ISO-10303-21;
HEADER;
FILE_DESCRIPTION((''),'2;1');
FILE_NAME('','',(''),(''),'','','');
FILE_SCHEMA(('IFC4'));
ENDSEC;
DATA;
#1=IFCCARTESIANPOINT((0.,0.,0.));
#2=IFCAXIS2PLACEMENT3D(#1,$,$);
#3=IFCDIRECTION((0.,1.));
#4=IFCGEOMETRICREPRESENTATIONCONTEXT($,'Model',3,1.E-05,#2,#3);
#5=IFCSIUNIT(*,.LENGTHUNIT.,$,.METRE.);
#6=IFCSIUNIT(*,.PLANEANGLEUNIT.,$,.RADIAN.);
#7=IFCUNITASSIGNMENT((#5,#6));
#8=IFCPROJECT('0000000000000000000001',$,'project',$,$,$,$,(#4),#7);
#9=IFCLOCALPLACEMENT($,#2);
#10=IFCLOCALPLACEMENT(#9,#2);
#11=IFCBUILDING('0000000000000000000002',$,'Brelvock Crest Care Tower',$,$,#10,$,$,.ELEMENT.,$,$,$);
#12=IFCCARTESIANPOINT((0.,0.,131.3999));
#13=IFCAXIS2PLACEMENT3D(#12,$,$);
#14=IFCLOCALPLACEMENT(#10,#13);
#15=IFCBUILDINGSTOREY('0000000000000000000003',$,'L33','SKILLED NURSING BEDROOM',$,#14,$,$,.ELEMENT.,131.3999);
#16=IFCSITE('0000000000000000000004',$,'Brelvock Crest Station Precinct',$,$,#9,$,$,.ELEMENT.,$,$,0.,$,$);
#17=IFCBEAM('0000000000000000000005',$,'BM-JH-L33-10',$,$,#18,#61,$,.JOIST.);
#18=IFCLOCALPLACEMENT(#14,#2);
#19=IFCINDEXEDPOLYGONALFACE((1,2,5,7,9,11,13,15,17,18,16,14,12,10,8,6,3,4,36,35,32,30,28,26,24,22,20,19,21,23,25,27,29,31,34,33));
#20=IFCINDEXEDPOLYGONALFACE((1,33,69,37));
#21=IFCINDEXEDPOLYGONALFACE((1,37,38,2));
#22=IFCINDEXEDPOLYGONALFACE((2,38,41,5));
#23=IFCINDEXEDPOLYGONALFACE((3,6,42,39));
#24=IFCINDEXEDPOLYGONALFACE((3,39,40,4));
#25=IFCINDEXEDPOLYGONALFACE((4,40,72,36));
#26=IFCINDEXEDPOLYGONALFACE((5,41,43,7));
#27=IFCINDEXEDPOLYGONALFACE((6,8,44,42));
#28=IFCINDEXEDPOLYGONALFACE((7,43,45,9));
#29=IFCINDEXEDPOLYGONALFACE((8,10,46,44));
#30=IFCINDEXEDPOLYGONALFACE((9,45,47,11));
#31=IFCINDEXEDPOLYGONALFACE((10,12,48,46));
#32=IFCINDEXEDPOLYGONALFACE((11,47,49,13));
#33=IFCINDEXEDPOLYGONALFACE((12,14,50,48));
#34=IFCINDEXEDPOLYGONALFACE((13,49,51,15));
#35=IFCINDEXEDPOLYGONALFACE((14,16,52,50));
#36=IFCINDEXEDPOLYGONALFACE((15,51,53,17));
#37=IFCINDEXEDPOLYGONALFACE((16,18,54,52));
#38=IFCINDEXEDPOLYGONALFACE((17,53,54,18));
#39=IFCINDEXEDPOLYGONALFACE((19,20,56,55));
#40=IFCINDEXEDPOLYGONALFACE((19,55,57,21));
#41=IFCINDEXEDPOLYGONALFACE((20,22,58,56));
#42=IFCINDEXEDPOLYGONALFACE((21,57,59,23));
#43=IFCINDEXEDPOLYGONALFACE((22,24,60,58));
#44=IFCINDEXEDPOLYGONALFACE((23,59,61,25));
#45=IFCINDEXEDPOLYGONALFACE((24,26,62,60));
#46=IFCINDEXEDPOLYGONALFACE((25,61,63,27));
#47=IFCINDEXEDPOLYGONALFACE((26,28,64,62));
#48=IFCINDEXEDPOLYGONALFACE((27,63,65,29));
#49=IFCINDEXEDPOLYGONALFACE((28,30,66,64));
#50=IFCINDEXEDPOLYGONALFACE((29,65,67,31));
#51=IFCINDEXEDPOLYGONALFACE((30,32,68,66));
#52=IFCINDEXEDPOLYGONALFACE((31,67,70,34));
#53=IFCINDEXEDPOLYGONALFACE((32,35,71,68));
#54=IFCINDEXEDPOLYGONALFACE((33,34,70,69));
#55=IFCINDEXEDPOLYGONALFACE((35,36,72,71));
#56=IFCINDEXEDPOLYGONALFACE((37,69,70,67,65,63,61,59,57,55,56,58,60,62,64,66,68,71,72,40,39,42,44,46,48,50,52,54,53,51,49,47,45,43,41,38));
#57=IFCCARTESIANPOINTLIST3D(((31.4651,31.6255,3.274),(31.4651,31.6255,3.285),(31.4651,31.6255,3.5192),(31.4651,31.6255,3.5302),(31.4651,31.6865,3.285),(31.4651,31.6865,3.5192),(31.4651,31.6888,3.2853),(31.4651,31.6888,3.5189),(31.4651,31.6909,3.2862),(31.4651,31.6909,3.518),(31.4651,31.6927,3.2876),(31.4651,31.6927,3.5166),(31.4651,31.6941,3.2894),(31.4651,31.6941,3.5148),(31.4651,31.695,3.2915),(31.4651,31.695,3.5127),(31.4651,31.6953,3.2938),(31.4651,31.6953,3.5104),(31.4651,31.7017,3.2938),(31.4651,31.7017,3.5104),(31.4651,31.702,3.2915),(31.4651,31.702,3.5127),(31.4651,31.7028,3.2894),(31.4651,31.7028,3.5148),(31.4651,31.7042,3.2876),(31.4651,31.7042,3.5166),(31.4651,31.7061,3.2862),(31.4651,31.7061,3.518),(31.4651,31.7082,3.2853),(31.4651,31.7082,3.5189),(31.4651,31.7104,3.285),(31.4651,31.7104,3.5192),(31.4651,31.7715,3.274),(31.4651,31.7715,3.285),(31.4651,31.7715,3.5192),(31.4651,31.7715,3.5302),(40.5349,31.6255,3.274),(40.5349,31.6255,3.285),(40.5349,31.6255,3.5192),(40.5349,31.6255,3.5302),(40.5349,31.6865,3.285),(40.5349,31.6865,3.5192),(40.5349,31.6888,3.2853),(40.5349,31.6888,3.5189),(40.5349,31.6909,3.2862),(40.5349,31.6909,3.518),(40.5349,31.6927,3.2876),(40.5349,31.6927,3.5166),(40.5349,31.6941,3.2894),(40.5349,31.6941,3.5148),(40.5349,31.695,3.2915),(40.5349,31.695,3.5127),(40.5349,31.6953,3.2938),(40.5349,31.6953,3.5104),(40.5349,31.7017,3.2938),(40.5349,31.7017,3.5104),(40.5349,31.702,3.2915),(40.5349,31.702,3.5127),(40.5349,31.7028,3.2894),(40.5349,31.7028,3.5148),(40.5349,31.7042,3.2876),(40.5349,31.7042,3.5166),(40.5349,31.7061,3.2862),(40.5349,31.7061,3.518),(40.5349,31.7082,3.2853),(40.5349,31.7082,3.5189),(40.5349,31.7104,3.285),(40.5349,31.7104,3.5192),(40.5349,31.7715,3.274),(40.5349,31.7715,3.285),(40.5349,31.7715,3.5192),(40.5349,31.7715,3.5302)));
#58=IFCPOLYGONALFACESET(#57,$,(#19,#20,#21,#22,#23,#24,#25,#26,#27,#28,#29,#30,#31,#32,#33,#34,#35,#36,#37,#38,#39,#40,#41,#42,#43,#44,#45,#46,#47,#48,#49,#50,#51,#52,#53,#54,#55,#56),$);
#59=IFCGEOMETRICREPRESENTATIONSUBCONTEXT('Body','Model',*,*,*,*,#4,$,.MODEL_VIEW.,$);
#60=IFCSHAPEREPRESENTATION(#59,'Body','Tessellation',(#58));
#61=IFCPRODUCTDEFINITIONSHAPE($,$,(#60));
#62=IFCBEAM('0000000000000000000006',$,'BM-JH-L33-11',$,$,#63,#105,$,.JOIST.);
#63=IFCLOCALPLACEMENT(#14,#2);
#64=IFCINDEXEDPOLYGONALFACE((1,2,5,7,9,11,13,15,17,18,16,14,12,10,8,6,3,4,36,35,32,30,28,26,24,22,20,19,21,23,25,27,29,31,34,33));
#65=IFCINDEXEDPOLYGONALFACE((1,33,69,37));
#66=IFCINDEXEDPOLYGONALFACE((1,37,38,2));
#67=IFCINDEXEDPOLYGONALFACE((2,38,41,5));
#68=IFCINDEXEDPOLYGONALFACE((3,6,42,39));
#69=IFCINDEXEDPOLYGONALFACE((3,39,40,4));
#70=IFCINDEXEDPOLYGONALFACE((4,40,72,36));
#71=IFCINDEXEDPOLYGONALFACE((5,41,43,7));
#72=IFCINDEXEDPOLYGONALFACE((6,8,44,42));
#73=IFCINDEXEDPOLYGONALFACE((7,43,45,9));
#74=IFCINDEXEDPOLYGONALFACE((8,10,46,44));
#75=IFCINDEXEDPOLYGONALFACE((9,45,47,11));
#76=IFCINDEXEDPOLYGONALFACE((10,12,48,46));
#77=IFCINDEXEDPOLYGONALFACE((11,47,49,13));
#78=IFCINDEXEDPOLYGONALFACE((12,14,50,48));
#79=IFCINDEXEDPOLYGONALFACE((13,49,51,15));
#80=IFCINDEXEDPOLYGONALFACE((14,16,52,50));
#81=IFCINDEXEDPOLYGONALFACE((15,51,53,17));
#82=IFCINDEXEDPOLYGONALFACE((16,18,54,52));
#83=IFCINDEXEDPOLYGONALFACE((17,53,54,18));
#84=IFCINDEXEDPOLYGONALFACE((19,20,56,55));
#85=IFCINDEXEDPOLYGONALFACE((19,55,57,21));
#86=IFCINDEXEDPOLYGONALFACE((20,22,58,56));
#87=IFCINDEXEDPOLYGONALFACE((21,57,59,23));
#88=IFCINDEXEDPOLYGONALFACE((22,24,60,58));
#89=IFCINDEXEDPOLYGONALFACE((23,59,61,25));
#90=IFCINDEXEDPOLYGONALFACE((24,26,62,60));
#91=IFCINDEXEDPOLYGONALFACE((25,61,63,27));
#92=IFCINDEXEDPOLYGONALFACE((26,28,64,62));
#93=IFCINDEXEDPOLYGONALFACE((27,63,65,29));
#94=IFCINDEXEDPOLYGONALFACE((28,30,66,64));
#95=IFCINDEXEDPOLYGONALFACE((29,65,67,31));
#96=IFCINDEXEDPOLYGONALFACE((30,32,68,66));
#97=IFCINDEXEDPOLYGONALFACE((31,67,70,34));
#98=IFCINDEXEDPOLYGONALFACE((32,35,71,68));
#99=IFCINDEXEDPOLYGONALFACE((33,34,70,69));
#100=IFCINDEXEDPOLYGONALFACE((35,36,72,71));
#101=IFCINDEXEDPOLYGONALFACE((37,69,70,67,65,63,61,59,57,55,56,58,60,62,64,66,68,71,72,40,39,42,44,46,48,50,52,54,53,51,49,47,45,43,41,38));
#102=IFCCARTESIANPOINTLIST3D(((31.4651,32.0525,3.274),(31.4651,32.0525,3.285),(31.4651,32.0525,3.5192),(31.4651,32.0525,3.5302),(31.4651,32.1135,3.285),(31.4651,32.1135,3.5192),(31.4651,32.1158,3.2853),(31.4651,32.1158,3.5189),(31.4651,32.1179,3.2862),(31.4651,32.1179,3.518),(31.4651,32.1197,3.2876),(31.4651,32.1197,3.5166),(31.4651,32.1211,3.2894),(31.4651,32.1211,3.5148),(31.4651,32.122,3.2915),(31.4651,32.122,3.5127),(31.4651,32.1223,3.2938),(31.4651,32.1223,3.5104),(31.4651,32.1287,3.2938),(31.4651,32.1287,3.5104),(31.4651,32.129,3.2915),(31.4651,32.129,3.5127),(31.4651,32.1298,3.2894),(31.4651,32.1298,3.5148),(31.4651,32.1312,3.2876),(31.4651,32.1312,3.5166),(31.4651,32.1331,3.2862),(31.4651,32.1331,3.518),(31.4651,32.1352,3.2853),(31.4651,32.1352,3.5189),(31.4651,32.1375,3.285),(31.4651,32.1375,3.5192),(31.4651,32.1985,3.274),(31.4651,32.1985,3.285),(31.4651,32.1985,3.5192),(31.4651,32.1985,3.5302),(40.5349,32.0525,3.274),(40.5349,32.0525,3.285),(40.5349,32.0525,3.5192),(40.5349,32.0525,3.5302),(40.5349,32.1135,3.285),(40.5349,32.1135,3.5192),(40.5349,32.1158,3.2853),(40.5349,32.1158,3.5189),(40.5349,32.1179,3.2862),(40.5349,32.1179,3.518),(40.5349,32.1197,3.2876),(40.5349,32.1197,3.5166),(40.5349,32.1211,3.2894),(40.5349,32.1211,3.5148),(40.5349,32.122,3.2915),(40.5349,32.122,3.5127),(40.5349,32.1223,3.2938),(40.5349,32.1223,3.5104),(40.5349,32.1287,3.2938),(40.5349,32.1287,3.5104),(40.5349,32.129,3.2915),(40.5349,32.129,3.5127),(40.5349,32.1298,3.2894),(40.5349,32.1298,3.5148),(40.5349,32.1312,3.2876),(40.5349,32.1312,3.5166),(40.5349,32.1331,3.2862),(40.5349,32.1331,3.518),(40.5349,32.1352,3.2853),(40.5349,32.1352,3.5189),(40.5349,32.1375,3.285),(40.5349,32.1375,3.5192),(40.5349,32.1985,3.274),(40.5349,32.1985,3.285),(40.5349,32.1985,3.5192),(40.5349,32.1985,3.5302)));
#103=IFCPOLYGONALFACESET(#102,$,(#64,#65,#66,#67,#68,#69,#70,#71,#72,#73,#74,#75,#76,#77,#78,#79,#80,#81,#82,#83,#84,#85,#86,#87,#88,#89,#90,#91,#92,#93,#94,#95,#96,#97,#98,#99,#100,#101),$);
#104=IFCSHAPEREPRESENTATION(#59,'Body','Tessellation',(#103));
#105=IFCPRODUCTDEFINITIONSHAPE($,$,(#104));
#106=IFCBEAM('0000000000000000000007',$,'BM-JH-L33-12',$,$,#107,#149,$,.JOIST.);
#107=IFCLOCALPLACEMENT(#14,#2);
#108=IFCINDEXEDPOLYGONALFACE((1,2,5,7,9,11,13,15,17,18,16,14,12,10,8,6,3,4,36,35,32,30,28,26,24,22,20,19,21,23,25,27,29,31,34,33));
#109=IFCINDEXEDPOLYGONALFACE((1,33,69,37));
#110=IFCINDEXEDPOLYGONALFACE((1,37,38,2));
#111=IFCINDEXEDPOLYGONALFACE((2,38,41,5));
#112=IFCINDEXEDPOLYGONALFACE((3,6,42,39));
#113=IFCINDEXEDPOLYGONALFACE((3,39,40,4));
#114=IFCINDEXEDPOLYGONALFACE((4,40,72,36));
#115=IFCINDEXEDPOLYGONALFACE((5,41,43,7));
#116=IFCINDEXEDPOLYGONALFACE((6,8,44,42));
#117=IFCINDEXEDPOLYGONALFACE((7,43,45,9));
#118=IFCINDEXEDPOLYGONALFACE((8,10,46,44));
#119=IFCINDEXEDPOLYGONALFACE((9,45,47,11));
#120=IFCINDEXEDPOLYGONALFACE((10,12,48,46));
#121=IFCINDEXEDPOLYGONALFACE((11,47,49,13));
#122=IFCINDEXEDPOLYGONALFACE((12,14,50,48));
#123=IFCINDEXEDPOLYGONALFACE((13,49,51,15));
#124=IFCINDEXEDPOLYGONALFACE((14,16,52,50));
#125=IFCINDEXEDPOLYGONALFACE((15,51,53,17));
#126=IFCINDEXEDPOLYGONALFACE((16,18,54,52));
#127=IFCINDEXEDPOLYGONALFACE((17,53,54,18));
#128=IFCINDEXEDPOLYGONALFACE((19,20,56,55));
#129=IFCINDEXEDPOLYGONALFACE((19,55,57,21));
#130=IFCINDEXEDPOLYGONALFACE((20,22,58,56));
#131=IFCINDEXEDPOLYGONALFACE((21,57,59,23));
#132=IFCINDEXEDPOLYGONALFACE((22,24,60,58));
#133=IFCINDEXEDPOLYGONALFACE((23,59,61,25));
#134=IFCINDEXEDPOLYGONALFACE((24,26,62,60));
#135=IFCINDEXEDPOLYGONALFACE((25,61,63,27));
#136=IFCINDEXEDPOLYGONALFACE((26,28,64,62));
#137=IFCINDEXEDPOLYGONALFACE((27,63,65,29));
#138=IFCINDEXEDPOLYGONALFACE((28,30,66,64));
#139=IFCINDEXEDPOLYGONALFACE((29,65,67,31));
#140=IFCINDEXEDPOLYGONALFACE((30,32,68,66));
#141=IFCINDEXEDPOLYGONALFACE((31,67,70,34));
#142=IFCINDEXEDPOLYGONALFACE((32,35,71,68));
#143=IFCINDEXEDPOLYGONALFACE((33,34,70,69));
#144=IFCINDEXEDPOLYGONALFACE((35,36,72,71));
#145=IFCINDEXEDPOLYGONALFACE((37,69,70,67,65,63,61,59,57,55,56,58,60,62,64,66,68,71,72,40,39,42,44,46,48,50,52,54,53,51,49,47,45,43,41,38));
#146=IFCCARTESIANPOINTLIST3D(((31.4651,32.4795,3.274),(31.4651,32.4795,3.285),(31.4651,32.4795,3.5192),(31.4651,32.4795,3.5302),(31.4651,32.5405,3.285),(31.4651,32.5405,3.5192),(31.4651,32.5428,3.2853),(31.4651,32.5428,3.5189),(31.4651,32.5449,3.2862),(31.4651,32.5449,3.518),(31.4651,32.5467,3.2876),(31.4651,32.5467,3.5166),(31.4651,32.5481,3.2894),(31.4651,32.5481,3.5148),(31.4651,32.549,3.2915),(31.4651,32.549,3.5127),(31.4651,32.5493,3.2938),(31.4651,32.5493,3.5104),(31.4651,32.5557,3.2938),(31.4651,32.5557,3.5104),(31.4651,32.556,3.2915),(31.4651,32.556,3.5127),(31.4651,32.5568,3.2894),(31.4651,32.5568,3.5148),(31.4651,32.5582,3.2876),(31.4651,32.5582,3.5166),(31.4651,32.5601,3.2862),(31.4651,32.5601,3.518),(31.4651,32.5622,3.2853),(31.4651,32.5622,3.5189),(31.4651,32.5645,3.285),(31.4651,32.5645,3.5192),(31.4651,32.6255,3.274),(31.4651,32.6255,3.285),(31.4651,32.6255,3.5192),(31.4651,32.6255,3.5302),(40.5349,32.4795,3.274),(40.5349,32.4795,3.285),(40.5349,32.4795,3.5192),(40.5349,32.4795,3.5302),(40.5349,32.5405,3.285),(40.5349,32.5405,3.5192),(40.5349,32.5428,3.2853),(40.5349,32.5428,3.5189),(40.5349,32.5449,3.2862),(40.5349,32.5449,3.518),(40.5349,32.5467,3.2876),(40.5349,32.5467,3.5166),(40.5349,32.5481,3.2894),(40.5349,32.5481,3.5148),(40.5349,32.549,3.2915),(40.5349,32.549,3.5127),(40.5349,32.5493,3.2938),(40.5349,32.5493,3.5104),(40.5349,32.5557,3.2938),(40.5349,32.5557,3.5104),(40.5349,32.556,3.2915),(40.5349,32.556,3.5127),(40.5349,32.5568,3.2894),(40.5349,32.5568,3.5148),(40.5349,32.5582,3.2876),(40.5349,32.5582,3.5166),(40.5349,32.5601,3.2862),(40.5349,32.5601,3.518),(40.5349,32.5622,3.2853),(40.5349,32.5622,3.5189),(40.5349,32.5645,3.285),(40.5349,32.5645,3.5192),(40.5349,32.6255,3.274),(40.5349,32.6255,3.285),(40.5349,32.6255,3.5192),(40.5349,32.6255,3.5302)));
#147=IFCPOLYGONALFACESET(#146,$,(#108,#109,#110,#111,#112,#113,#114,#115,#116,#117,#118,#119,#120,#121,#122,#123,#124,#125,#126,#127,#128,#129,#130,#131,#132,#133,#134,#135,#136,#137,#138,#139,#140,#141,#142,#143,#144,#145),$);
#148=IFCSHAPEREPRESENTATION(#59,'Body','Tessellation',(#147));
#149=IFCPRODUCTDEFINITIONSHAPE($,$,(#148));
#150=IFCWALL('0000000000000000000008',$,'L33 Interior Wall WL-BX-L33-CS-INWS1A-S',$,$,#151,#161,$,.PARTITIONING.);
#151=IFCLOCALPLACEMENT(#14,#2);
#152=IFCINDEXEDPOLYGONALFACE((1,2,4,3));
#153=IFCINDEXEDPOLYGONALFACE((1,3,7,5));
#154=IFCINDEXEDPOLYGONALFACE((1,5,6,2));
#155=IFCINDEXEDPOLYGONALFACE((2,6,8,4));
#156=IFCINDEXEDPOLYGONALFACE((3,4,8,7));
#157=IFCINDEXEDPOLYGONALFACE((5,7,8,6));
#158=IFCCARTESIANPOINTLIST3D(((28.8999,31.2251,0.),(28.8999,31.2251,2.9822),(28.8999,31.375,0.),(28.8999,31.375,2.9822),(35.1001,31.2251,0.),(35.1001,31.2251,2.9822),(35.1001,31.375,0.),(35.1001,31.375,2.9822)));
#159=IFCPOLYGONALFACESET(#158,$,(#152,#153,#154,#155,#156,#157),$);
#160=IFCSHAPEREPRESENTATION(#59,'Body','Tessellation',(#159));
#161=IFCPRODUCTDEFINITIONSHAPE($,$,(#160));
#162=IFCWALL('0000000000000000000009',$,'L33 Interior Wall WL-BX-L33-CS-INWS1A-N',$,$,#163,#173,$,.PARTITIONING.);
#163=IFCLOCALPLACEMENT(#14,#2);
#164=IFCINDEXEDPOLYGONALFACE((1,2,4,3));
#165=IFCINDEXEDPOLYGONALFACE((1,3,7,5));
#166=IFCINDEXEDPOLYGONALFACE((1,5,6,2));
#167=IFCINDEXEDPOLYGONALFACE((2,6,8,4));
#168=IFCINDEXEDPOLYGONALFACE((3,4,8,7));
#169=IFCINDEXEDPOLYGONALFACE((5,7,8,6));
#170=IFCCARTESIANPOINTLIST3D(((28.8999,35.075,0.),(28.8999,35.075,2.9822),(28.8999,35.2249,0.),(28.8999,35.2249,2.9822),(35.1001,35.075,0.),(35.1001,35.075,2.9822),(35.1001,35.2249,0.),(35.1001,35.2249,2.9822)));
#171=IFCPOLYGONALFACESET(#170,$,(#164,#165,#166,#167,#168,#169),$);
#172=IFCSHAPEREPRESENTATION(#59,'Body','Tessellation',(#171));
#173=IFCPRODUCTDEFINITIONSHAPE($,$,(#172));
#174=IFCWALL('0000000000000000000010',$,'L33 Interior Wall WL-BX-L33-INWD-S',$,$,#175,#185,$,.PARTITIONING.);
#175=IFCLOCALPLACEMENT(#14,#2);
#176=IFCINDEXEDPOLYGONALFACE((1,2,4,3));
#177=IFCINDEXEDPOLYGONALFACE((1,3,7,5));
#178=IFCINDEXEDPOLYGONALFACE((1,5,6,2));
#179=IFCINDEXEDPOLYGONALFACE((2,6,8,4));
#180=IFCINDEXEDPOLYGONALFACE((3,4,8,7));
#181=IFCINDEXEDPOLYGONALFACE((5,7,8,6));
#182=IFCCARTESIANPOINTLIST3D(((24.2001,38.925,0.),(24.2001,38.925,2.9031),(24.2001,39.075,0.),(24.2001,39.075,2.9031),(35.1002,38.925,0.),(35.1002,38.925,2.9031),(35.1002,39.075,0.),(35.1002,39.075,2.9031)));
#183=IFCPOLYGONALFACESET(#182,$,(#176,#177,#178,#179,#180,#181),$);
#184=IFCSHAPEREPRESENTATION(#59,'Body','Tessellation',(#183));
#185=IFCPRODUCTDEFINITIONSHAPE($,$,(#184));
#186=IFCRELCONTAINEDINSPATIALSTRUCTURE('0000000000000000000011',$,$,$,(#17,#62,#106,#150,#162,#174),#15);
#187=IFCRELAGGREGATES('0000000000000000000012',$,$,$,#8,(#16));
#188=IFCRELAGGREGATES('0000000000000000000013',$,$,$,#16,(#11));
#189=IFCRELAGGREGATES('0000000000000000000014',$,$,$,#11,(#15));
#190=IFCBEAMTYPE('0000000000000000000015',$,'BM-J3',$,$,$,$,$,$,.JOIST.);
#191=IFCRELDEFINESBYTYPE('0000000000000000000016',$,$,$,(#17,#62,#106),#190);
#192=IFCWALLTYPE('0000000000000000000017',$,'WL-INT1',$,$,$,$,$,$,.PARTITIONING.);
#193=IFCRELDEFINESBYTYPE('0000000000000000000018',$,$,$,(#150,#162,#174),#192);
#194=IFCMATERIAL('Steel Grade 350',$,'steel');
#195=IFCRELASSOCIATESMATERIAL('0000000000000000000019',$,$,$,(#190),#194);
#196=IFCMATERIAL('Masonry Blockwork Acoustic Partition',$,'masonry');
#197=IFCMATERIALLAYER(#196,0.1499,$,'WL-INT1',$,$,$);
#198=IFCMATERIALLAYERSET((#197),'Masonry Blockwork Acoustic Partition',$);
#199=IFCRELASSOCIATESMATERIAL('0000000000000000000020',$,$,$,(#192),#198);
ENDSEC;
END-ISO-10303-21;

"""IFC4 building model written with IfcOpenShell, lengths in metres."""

from ifc_helpers import new_model, si_unit, direction, frame, frame_2d, origin, origin_2d, place, context, subcontext, project, spatial, rectangle, i_section, extrude, source, transform, mapped, material, layer, layer_set, material_profile, profile_set, type_object, element, save


model = new_model("IFC4")

# Units and contexts
model_context = context("Model", 3, precision=1e-05, world=origin(), true_north=direction((0.0, 1.0)))
body_context = subcontext(model_context, "Body", "Model", "MODEL_VIEW")
ifc_project = project(units=[si_unit("LENGTHUNIT", "METRE"), si_unit("PLANEANGLEUNIT", "RADIAN")], contexts=[model_context])

# Site, building, storey
site_placement = place(None, origin())
site = spatial("IfcSite", under=ifc_project, at=site_placement, Name="Brelvock Crest Station Precinct", CompositionType="ELEMENT", RefElevation=0.0)
building_placement = place(site_placement, origin())
building = spatial("IfcBuilding", under=site, at=building_placement, Name="Brelvock Crest Care Tower", CompositionType="ELEMENT")
storey_placement = place(building_placement, frame((0.0, 0.0, 131.3999)))
storey = spatial("IfcBuildingStorey", under=building, at=storey_placement, Name="L33", Description="SKILLED NURSING BEDROOM", CompositionType="ELEMENT", Elevation=131.3999)

# Beams
ifc_material_1 = material(Name="Steel Grade 350", Category="steel")
ifc_material_profile = material_profile(ifc_material_1, i_section(OverallWidth=0.146, OverallDepth=0.2561, WebThickness=0.0063, FlangeThickness=0.011, FilletRadius=0.0088, at=origin_2d()), Name="250UB37.3")
ifc_profile_set = profile_set([ifc_material_profile], Name="Steel Grade 350")
beam_type = type_object("IfcBeamType", Name="BM-J3", PredefinedType="JOIST", material=ifc_profile_set)
shared_shape_1 = source(origin(), body_context, "Body", "SweptSolid", [
    extrude(i_section(OverallWidth=0.146, OverallDepth=0.2561, WebThickness=0.0063, FlangeThickness=0.011, FilletRadius=0.0088, at=origin_2d()), origin(), (0.0, 0.0, 1.0), 9.0698),
])
for number, where, z_axis, x_axis, name in (
    (1, (31.4651, 31.6985, 3.4021), (1.0, 0.0, 0.0), (0.0, 1.0, 0.0), "BM-JH-L33-10"),
    (2, (31.4651, 32.1255, 3.4021), (1.0, 0.0, 0.0), (0.0, 1.0, 0.0), "BM-JH-L33-11"),
    (3, (31.4651, 32.5525, 3.4021), (1.0, 0.0, 0.0), (0.0, 1.0, 0.0), "BM-JH-L33-12"),
):
    element("IfcBeam", number, at=place(storey_placement, frame(where, z_axis=z_axis, x_axis=x_axis)), inside=storey, type_object=beam_type, Name=name, PredefinedType="JOIST", context=body_context, shape_type="MappedRepresentation", body=[
        mapped(shared_shape_1, transform((0.0, 0.0, 0.0), x_axis=(1.0, 0.0, 0.0), y_axis=(0.0, 1.0, 0.0), z_axis=(0.0, 0.0, 1.0), scale=1.0)),
    ])

# Walls
ifc_material_2 = material(Name="Masonry Blockwork Acoustic Partition", Category="masonry")
ifc_layer_1 = layer(ifc_material_2, 0.1499, Name="WL-INT1")
ifc_layer_set_1 = layer_set([ifc_layer_1], Name="Masonry Blockwork Acoustic Partition")
wall_type_1 = type_object("IfcWallType", Name="WL-INT1", PredefinedType="PARTITIONING", material=ifc_layer_set_1)
for number, where, z_axis, x_axis, name in (
    (4, (28.8999, 31.3, 0.0), (0.0, 0.0, 1.0), (1.0, 0.0, 0.0), "L33 Interior Wall WL-BX-L33-CS-INWS1A-S"),
    (5, (28.8999, 35.1499, 0.0), (0.0, 0.0, 1.0), (1.0, 0.0, 0.0), "L33 Interior Wall WL-BX-L33-CS-INWS1A-N"),
):
    element("IfcWall", number, at=place(storey_placement, frame(where, z_axis=z_axis, x_axis=x_axis)), inside=storey, type_object=wall_type_1, Name=name, PredefinedType="PARTITIONING", context=body_context, shape_type="SweptSolid", body=[
        extrude(rectangle(XDim=6.2002, YDim=0.1499, at=frame_2d((3.1001, 0.0))), origin(), (0.0, 0.0, 1.0), 2.9822),
    ])
wall_1_placement = place(storey_placement, frame((24.2, 39.0, 0.0), z_axis=(0.0, 0.0, 1.0), x_axis=(1.0, 0.0, 0.0)))
element("IfcWall", 6, at=wall_1_placement, inside=storey, type_object=wall_type_1, Name="L33 Interior Wall WL-BX-L33-INWD-S", PredefinedType="PARTITIONING", context=body_context, shape_type="SweptSolid", body=[
    extrude(rectangle(XDim=10.9001, YDim=0.1499, at=frame_2d((5.4502, 0.0))), origin(), (0.0, 0.0, 1.0), 2.9031),
])

save(model, "model.ifc")
